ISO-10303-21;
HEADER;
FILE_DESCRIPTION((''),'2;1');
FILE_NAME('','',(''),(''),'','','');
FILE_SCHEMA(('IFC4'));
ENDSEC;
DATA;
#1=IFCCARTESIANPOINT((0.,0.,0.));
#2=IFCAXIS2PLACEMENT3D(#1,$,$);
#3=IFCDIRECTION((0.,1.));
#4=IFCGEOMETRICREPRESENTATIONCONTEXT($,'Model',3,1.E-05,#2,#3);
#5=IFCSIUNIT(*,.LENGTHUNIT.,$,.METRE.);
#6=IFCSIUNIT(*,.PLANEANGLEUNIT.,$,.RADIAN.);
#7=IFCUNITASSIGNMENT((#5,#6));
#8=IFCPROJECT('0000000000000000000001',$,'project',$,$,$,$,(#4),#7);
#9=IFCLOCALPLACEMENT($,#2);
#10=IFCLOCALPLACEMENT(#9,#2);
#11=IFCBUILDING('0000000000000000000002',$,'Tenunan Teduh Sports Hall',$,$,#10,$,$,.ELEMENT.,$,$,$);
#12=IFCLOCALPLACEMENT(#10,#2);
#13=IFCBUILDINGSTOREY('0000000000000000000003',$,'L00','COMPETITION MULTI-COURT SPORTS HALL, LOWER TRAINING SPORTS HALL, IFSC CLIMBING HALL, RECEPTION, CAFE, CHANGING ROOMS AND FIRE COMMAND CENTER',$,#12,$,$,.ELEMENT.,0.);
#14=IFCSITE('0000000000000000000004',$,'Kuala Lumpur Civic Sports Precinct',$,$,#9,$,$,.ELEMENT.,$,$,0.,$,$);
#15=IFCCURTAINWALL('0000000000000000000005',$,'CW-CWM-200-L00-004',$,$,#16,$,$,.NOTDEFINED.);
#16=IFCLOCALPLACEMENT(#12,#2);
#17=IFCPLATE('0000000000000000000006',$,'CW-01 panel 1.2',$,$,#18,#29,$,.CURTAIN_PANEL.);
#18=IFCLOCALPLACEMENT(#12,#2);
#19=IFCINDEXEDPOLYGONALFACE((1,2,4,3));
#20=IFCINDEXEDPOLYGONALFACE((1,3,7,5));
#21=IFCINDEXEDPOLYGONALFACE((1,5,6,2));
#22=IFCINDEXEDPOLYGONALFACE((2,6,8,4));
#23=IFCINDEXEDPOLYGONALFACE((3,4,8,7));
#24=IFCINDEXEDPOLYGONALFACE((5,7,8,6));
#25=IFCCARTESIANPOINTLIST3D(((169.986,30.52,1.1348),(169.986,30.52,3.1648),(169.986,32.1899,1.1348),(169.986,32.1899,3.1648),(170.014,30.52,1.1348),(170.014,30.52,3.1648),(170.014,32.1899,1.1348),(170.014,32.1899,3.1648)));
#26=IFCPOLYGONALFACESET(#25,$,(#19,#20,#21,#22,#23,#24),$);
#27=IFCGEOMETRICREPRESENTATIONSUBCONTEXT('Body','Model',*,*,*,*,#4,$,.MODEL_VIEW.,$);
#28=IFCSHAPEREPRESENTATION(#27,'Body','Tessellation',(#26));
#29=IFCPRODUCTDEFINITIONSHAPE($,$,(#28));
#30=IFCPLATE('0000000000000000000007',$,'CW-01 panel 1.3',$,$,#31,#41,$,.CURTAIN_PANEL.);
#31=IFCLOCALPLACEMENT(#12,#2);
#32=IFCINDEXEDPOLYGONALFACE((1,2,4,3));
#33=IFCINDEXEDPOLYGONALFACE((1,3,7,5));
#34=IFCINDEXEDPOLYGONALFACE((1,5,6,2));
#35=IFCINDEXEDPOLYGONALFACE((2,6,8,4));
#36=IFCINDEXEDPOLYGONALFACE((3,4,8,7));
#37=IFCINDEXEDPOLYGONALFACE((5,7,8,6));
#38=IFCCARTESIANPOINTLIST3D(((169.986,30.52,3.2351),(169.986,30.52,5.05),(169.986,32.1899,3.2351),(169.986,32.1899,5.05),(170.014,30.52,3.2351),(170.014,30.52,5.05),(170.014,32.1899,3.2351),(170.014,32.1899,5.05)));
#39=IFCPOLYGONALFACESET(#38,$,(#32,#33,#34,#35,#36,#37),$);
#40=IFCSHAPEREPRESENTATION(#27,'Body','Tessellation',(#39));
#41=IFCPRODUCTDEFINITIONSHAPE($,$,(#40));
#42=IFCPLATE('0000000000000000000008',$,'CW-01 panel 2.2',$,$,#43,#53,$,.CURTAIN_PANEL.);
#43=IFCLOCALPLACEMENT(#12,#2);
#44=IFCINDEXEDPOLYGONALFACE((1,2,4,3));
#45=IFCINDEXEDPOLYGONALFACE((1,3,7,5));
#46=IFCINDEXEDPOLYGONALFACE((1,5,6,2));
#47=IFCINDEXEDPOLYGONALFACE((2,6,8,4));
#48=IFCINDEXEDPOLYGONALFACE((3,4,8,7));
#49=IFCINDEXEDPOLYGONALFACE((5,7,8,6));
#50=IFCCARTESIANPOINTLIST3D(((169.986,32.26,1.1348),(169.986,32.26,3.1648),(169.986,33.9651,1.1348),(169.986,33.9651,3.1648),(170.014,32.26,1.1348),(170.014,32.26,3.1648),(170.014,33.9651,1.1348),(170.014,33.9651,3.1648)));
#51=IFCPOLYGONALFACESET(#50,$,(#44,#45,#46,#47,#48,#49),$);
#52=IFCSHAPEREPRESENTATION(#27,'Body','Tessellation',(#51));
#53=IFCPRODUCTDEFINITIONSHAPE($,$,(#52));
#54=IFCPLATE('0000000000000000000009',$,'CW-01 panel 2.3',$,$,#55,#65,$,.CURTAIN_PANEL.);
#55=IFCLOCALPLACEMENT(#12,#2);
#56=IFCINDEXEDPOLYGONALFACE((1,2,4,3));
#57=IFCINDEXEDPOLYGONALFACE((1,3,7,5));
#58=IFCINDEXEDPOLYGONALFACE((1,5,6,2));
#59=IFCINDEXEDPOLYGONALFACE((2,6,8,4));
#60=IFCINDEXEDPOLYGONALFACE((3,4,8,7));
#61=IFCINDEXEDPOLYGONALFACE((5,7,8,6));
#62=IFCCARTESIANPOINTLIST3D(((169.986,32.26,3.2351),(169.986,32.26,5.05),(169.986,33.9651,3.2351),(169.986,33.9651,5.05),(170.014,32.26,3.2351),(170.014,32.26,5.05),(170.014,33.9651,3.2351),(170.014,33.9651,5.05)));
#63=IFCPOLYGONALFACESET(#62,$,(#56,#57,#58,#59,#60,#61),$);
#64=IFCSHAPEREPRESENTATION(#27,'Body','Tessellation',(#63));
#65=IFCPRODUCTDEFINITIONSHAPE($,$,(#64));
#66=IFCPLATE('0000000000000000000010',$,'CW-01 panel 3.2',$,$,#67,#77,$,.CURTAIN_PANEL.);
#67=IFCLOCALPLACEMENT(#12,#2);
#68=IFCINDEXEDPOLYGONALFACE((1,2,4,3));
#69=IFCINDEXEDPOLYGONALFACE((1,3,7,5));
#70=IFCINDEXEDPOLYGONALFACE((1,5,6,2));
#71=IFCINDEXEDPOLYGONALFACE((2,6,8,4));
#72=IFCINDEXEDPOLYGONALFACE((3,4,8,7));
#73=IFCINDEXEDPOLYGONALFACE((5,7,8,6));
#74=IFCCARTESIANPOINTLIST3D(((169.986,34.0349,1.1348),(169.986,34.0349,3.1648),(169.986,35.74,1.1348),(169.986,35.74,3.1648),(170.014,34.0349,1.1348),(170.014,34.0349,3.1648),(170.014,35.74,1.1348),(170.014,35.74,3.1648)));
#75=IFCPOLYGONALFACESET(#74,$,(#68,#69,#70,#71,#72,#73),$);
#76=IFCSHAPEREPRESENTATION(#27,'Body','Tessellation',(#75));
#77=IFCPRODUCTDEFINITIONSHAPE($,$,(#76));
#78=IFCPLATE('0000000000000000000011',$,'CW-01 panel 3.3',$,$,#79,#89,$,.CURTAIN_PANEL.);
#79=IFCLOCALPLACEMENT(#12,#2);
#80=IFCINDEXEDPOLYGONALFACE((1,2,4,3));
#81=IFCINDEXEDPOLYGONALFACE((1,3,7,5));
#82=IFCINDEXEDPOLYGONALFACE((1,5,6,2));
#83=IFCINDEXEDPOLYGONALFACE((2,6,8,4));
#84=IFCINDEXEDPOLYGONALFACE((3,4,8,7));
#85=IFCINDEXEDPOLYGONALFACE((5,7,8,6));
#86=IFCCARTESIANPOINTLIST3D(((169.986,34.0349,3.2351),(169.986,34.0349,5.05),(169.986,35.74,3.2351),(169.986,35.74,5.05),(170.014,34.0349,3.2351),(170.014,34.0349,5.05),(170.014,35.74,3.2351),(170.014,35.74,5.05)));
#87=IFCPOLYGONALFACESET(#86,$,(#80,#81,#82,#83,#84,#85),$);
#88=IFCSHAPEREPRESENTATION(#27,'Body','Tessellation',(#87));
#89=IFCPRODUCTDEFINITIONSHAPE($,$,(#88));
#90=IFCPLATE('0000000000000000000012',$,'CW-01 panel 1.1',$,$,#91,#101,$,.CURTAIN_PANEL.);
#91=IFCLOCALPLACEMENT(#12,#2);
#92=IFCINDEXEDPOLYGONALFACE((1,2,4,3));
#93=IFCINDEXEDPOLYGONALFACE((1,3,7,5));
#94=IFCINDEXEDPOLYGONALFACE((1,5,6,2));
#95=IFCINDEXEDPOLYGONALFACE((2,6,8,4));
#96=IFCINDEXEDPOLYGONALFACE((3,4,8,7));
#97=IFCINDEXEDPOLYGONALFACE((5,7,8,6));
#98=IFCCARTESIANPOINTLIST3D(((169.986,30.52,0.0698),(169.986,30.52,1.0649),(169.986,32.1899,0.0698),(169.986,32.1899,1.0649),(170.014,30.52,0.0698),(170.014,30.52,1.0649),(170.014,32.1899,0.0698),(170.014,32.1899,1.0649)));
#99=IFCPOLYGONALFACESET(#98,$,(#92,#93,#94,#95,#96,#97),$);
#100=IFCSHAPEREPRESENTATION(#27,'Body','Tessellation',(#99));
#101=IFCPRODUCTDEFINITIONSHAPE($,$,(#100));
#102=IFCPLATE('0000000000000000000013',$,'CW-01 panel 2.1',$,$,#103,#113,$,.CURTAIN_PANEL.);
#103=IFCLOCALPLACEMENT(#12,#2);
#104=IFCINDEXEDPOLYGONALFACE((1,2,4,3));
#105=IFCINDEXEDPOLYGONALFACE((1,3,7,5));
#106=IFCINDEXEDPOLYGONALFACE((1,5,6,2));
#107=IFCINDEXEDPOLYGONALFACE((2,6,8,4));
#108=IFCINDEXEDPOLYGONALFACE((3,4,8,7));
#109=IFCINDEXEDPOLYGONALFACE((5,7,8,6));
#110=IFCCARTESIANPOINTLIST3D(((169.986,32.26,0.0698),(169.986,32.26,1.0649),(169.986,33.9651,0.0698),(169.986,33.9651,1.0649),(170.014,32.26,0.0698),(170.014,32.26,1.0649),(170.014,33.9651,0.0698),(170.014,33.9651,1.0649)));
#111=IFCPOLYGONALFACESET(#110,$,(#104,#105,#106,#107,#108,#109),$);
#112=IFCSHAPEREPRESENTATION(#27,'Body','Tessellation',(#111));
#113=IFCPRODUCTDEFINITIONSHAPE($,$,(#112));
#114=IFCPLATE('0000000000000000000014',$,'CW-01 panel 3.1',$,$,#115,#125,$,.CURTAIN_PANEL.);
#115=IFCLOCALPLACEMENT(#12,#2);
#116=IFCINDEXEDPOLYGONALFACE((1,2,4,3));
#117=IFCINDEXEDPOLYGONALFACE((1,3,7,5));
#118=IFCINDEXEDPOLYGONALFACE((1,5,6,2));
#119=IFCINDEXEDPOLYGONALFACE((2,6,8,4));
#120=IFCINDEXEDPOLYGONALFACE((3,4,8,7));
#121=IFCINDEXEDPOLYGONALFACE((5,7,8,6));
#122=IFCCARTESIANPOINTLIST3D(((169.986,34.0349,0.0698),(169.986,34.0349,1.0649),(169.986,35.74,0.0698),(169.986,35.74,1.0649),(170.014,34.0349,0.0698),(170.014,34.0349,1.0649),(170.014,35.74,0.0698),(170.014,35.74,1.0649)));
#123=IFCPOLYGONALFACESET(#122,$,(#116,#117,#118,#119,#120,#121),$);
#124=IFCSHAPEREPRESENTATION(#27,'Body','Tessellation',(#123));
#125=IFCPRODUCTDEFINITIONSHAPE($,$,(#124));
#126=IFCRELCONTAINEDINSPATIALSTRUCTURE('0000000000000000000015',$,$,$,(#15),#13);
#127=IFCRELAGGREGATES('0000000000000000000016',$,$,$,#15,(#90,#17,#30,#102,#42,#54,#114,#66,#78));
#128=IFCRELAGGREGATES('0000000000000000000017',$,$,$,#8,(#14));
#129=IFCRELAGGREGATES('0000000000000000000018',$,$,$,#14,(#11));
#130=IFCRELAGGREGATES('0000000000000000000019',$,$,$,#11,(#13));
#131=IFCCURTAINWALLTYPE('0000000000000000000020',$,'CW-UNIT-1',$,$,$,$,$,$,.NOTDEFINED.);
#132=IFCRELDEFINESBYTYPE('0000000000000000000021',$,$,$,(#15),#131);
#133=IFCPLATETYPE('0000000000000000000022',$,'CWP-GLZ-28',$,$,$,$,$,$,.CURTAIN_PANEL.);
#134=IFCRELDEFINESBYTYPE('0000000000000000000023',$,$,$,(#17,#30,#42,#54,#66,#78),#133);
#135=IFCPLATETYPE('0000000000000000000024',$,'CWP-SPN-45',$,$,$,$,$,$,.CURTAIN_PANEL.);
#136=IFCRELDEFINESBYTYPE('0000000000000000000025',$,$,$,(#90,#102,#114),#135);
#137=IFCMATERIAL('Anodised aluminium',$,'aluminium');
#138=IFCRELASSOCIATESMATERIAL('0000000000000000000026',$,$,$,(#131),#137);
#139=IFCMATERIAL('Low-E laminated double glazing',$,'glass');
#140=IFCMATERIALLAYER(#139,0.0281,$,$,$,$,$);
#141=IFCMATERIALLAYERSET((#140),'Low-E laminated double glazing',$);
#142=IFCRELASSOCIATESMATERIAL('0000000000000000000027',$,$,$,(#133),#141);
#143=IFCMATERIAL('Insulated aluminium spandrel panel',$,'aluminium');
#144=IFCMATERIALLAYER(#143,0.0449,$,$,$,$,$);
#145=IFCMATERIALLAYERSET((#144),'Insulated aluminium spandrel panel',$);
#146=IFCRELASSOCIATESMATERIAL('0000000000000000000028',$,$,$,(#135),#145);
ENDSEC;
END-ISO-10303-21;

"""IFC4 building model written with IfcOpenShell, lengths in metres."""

from ifc_helpers import new_model, si_unit, direction, frame, origin, origin_2d, place, context, subcontext, project, spatial, rectangle, extrude, material, layer, layer_set, type_object, element, aggregate, save


model = new_model("IFC4")

# Units and contexts
model_context = context("Model", 3, precision=1e-05, world=origin(), true_north=direction((0.0, 1.0)))
body_context = subcontext(model_context, "Body", "Model", "MODEL_VIEW")
ifc_project = project(units=[si_unit("LENGTHUNIT", "METRE"), si_unit("PLANEANGLEUNIT", "RADIAN")], contexts=[model_context])

# Site, building, storey
site_placement = place(None, origin())
site = spatial("IfcSite", under=ifc_project, at=site_placement, Name="Kuala Lumpur Civic Sports Precinct", CompositionType="ELEMENT", RefElevation=0.0)
building_placement = place(site_placement, origin())
building = spatial("IfcBuilding", under=site, at=building_placement, Name="Tenunan Teduh Sports Hall", CompositionType="ELEMENT")
storey_placement = place(building_placement, origin())
storey = spatial("IfcBuildingStorey", under=building, at=storey_placement, Name="L00", Description="COMPETITION MULTI-COURT SPORTS HALL, LOWER TRAINING SPORTS HALL, IFSC CLIMBING HALL, RECEPTION, CAFE, CHANGING ROOMS AND FIRE COMMAND CENTER", CompositionType="ELEMENT", Elevation=0.0)

# Curtain wall, plates
ifc_material_1 = material(Name="Anodised aluminium", Category="aluminium")
curtain_wall_type = type_object("IfcCurtainWallType", Name="CW-UNIT-1", PredefinedType="NOTDEFINED", material=ifc_material_1)
curtain_wall_placement = place(storey_placement, origin())
curtain_wall = element("IfcCurtainWall", 1, at=curtain_wall_placement, inside=storey, type_object=curtain_wall_type, Name="CW-CWM-200-L00-004", PredefinedType="NOTDEFINED")
ifc_material_2 = material(Name="Low-E laminated double glazing", Category="glass")
ifc_layer_1 = layer(ifc_material_2, 0.0281)
ifc_layer_set_1 = layer_set([ifc_layer_1], Name="Low-E laminated double glazing")
plate_type_1 = type_object("IfcPlateType", Name="CWP-GLZ-28", PredefinedType="CURTAIN_PANEL", material=ifc_layer_set_1)
plate_1_placement = place(storey_placement, frame((170.0, 31.355, 1.1348), z_axis=(0.0, 0.0, 1.0), x_axis=(0.0, 1.0, 0.0)))
plate_1 = element("IfcPlate", 2, at=plate_1_placement, type_object=plate_type_1, Name="CW-01 panel 1.2", PredefinedType="CURTAIN_PANEL", context=body_context, shape_type="SweptSolid", body=[
    extrude(rectangle(XDim=1.6699, YDim=0.0281, at=origin_2d()), origin(), (0.0, 0.0, 1.0), 2.03),
])
plate_2_placement = place(storey_placement, frame((170.0, 31.355, 3.2351), z_axis=(0.0, 0.0, 1.0), x_axis=(0.0, 1.0, 0.0)))
plate_2 = element("IfcPlate", 3, at=plate_2_placement, type_object=plate_type_1, Name="CW-01 panel 1.3", PredefinedType="CURTAIN_PANEL", context=body_context, shape_type="SweptSolid", body=[
    extrude(rectangle(XDim=1.6699, YDim=0.0281, at=origin_2d()), origin(), (0.0, 0.0, 1.0), 1.8149),
])
plate_3_placement = place(storey_placement, frame((170.0, 33.1125, 1.1348), z_axis=(0.0, 0.0, 1.0), x_axis=(0.0, 1.0, 0.0)))
plate_3 = element("IfcPlate", 4, at=plate_3_placement, type_object=plate_type_1, Name="CW-01 panel 2.2", PredefinedType="CURTAIN_PANEL", context=body_context, shape_type="SweptSolid", body=[
    extrude(rectangle(XDim=1.7051, YDim=0.0281, at=origin_2d()), origin(), (0.0, 0.0, 1.0), 2.03),
])
plate_4_placement = place(storey_placement, frame((170.0, 33.1125, 3.2351), z_axis=(0.0, 0.0, 1.0), x_axis=(0.0, 1.0, 0.0)))
plate_4 = element("IfcPlate", 5, at=plate_4_placement, type_object=plate_type_1, Name="CW-01 panel 2.3", PredefinedType="CURTAIN_PANEL", context=body_context, shape_type="SweptSolid", body=[
    extrude(rectangle(XDim=1.7051, YDim=0.0281, at=origin_2d()), origin(), (0.0, 0.0, 1.0), 1.8149),
])
plate_5_placement = place(storey_placement, frame((170.0, 34.8875, 1.1348), z_axis=(0.0, 0.0, 1.0), x_axis=(0.0, 1.0, 0.0)))
plate_5 = element("IfcPlate", 6, at=plate_5_placement, type_object=plate_type_1, Name="CW-01 panel 3.2", PredefinedType="CURTAIN_PANEL", context=body_context, shape_type="SweptSolid", body=[
    extrude(rectangle(XDim=1.7051, YDim=0.0281, at=origin_2d()), origin(), (0.0, 0.0, 1.0), 2.03),
])
plate_6_placement = place(storey_placement, frame((170.0, 34.8875, 3.2351), z_axis=(0.0, 0.0, 1.0), x_axis=(0.0, 1.0, 0.0)))
plate_6 = element("IfcPlate", 7, at=plate_6_placement, type_object=plate_type_1, Name="CW-01 panel 3.3", PredefinedType="CURTAIN_PANEL", context=body_context, shape_type="SweptSolid", body=[
    extrude(rectangle(XDim=1.7051, YDim=0.0281, at=origin_2d()), origin(), (0.0, 0.0, 1.0), 1.8149),
])
ifc_material_3 = material(Name="Insulated aluminium spandrel panel", Category="aluminium")
ifc_layer_2 = layer(ifc_material_3, 0.0449)
ifc_layer_set_2 = layer_set([ifc_layer_2], Name="Insulated aluminium spandrel panel")
plate_type_2 = type_object("IfcPlateType", Name="CWP-SPN-45", PredefinedType="CURTAIN_PANEL", material=ifc_layer_set_2)
plate_7_placement = place(storey_placement, frame((170.0, 31.355, 0.0698), z_axis=(0.0, 0.0, 1.0), x_axis=(0.0, 1.0, 0.0)))
plate_7 = element("IfcPlate", 8, at=plate_7_placement, type_object=plate_type_2, Name="CW-01 panel 1.1", PredefinedType="CURTAIN_PANEL", context=body_context, shape_type="SweptSolid", body=[
    extrude(rectangle(XDim=1.6699, YDim=0.0281, at=origin_2d()), origin(), (0.0, 0.0, 1.0), 0.9951),
])
plate_8_placement = place(storey_placement, frame((170.0, 33.1125, 0.0698), z_axis=(0.0, 0.0, 1.0), x_axis=(0.0, 1.0, 0.0)))
plate_8 = element("IfcPlate", 9, at=plate_8_placement, type_object=plate_type_2, Name="CW-01 panel 2.1", PredefinedType="CURTAIN_PANEL", context=body_context, shape_type="SweptSolid", body=[
    extrude(rectangle(XDim=1.7051, YDim=0.0281, at=origin_2d()), origin(), (0.0, 0.0, 1.0), 0.9951),
])
plate_9_placement = place(storey_placement, frame((170.0, 34.8875, 0.0698), z_axis=(0.0, 0.0, 1.0), x_axis=(0.0, 1.0, 0.0)))
plate_9 = element("IfcPlate", 10, at=plate_9_placement, type_object=plate_type_2, Name="CW-01 panel 3.1", PredefinedType="CURTAIN_PANEL", context=body_context, shape_type="SweptSolid", body=[
    extrude(rectangle(XDim=1.7051, YDim=0.0281, at=origin_2d()), origin(), (0.0, 0.0, 1.0), 0.9951),
])
aggregate(curtain_wall, [plate_7, plate_1, plate_2, plate_8, plate_3, plate_4, plate_9, plate_5, plate_6])

save(model, "model.ifc")
